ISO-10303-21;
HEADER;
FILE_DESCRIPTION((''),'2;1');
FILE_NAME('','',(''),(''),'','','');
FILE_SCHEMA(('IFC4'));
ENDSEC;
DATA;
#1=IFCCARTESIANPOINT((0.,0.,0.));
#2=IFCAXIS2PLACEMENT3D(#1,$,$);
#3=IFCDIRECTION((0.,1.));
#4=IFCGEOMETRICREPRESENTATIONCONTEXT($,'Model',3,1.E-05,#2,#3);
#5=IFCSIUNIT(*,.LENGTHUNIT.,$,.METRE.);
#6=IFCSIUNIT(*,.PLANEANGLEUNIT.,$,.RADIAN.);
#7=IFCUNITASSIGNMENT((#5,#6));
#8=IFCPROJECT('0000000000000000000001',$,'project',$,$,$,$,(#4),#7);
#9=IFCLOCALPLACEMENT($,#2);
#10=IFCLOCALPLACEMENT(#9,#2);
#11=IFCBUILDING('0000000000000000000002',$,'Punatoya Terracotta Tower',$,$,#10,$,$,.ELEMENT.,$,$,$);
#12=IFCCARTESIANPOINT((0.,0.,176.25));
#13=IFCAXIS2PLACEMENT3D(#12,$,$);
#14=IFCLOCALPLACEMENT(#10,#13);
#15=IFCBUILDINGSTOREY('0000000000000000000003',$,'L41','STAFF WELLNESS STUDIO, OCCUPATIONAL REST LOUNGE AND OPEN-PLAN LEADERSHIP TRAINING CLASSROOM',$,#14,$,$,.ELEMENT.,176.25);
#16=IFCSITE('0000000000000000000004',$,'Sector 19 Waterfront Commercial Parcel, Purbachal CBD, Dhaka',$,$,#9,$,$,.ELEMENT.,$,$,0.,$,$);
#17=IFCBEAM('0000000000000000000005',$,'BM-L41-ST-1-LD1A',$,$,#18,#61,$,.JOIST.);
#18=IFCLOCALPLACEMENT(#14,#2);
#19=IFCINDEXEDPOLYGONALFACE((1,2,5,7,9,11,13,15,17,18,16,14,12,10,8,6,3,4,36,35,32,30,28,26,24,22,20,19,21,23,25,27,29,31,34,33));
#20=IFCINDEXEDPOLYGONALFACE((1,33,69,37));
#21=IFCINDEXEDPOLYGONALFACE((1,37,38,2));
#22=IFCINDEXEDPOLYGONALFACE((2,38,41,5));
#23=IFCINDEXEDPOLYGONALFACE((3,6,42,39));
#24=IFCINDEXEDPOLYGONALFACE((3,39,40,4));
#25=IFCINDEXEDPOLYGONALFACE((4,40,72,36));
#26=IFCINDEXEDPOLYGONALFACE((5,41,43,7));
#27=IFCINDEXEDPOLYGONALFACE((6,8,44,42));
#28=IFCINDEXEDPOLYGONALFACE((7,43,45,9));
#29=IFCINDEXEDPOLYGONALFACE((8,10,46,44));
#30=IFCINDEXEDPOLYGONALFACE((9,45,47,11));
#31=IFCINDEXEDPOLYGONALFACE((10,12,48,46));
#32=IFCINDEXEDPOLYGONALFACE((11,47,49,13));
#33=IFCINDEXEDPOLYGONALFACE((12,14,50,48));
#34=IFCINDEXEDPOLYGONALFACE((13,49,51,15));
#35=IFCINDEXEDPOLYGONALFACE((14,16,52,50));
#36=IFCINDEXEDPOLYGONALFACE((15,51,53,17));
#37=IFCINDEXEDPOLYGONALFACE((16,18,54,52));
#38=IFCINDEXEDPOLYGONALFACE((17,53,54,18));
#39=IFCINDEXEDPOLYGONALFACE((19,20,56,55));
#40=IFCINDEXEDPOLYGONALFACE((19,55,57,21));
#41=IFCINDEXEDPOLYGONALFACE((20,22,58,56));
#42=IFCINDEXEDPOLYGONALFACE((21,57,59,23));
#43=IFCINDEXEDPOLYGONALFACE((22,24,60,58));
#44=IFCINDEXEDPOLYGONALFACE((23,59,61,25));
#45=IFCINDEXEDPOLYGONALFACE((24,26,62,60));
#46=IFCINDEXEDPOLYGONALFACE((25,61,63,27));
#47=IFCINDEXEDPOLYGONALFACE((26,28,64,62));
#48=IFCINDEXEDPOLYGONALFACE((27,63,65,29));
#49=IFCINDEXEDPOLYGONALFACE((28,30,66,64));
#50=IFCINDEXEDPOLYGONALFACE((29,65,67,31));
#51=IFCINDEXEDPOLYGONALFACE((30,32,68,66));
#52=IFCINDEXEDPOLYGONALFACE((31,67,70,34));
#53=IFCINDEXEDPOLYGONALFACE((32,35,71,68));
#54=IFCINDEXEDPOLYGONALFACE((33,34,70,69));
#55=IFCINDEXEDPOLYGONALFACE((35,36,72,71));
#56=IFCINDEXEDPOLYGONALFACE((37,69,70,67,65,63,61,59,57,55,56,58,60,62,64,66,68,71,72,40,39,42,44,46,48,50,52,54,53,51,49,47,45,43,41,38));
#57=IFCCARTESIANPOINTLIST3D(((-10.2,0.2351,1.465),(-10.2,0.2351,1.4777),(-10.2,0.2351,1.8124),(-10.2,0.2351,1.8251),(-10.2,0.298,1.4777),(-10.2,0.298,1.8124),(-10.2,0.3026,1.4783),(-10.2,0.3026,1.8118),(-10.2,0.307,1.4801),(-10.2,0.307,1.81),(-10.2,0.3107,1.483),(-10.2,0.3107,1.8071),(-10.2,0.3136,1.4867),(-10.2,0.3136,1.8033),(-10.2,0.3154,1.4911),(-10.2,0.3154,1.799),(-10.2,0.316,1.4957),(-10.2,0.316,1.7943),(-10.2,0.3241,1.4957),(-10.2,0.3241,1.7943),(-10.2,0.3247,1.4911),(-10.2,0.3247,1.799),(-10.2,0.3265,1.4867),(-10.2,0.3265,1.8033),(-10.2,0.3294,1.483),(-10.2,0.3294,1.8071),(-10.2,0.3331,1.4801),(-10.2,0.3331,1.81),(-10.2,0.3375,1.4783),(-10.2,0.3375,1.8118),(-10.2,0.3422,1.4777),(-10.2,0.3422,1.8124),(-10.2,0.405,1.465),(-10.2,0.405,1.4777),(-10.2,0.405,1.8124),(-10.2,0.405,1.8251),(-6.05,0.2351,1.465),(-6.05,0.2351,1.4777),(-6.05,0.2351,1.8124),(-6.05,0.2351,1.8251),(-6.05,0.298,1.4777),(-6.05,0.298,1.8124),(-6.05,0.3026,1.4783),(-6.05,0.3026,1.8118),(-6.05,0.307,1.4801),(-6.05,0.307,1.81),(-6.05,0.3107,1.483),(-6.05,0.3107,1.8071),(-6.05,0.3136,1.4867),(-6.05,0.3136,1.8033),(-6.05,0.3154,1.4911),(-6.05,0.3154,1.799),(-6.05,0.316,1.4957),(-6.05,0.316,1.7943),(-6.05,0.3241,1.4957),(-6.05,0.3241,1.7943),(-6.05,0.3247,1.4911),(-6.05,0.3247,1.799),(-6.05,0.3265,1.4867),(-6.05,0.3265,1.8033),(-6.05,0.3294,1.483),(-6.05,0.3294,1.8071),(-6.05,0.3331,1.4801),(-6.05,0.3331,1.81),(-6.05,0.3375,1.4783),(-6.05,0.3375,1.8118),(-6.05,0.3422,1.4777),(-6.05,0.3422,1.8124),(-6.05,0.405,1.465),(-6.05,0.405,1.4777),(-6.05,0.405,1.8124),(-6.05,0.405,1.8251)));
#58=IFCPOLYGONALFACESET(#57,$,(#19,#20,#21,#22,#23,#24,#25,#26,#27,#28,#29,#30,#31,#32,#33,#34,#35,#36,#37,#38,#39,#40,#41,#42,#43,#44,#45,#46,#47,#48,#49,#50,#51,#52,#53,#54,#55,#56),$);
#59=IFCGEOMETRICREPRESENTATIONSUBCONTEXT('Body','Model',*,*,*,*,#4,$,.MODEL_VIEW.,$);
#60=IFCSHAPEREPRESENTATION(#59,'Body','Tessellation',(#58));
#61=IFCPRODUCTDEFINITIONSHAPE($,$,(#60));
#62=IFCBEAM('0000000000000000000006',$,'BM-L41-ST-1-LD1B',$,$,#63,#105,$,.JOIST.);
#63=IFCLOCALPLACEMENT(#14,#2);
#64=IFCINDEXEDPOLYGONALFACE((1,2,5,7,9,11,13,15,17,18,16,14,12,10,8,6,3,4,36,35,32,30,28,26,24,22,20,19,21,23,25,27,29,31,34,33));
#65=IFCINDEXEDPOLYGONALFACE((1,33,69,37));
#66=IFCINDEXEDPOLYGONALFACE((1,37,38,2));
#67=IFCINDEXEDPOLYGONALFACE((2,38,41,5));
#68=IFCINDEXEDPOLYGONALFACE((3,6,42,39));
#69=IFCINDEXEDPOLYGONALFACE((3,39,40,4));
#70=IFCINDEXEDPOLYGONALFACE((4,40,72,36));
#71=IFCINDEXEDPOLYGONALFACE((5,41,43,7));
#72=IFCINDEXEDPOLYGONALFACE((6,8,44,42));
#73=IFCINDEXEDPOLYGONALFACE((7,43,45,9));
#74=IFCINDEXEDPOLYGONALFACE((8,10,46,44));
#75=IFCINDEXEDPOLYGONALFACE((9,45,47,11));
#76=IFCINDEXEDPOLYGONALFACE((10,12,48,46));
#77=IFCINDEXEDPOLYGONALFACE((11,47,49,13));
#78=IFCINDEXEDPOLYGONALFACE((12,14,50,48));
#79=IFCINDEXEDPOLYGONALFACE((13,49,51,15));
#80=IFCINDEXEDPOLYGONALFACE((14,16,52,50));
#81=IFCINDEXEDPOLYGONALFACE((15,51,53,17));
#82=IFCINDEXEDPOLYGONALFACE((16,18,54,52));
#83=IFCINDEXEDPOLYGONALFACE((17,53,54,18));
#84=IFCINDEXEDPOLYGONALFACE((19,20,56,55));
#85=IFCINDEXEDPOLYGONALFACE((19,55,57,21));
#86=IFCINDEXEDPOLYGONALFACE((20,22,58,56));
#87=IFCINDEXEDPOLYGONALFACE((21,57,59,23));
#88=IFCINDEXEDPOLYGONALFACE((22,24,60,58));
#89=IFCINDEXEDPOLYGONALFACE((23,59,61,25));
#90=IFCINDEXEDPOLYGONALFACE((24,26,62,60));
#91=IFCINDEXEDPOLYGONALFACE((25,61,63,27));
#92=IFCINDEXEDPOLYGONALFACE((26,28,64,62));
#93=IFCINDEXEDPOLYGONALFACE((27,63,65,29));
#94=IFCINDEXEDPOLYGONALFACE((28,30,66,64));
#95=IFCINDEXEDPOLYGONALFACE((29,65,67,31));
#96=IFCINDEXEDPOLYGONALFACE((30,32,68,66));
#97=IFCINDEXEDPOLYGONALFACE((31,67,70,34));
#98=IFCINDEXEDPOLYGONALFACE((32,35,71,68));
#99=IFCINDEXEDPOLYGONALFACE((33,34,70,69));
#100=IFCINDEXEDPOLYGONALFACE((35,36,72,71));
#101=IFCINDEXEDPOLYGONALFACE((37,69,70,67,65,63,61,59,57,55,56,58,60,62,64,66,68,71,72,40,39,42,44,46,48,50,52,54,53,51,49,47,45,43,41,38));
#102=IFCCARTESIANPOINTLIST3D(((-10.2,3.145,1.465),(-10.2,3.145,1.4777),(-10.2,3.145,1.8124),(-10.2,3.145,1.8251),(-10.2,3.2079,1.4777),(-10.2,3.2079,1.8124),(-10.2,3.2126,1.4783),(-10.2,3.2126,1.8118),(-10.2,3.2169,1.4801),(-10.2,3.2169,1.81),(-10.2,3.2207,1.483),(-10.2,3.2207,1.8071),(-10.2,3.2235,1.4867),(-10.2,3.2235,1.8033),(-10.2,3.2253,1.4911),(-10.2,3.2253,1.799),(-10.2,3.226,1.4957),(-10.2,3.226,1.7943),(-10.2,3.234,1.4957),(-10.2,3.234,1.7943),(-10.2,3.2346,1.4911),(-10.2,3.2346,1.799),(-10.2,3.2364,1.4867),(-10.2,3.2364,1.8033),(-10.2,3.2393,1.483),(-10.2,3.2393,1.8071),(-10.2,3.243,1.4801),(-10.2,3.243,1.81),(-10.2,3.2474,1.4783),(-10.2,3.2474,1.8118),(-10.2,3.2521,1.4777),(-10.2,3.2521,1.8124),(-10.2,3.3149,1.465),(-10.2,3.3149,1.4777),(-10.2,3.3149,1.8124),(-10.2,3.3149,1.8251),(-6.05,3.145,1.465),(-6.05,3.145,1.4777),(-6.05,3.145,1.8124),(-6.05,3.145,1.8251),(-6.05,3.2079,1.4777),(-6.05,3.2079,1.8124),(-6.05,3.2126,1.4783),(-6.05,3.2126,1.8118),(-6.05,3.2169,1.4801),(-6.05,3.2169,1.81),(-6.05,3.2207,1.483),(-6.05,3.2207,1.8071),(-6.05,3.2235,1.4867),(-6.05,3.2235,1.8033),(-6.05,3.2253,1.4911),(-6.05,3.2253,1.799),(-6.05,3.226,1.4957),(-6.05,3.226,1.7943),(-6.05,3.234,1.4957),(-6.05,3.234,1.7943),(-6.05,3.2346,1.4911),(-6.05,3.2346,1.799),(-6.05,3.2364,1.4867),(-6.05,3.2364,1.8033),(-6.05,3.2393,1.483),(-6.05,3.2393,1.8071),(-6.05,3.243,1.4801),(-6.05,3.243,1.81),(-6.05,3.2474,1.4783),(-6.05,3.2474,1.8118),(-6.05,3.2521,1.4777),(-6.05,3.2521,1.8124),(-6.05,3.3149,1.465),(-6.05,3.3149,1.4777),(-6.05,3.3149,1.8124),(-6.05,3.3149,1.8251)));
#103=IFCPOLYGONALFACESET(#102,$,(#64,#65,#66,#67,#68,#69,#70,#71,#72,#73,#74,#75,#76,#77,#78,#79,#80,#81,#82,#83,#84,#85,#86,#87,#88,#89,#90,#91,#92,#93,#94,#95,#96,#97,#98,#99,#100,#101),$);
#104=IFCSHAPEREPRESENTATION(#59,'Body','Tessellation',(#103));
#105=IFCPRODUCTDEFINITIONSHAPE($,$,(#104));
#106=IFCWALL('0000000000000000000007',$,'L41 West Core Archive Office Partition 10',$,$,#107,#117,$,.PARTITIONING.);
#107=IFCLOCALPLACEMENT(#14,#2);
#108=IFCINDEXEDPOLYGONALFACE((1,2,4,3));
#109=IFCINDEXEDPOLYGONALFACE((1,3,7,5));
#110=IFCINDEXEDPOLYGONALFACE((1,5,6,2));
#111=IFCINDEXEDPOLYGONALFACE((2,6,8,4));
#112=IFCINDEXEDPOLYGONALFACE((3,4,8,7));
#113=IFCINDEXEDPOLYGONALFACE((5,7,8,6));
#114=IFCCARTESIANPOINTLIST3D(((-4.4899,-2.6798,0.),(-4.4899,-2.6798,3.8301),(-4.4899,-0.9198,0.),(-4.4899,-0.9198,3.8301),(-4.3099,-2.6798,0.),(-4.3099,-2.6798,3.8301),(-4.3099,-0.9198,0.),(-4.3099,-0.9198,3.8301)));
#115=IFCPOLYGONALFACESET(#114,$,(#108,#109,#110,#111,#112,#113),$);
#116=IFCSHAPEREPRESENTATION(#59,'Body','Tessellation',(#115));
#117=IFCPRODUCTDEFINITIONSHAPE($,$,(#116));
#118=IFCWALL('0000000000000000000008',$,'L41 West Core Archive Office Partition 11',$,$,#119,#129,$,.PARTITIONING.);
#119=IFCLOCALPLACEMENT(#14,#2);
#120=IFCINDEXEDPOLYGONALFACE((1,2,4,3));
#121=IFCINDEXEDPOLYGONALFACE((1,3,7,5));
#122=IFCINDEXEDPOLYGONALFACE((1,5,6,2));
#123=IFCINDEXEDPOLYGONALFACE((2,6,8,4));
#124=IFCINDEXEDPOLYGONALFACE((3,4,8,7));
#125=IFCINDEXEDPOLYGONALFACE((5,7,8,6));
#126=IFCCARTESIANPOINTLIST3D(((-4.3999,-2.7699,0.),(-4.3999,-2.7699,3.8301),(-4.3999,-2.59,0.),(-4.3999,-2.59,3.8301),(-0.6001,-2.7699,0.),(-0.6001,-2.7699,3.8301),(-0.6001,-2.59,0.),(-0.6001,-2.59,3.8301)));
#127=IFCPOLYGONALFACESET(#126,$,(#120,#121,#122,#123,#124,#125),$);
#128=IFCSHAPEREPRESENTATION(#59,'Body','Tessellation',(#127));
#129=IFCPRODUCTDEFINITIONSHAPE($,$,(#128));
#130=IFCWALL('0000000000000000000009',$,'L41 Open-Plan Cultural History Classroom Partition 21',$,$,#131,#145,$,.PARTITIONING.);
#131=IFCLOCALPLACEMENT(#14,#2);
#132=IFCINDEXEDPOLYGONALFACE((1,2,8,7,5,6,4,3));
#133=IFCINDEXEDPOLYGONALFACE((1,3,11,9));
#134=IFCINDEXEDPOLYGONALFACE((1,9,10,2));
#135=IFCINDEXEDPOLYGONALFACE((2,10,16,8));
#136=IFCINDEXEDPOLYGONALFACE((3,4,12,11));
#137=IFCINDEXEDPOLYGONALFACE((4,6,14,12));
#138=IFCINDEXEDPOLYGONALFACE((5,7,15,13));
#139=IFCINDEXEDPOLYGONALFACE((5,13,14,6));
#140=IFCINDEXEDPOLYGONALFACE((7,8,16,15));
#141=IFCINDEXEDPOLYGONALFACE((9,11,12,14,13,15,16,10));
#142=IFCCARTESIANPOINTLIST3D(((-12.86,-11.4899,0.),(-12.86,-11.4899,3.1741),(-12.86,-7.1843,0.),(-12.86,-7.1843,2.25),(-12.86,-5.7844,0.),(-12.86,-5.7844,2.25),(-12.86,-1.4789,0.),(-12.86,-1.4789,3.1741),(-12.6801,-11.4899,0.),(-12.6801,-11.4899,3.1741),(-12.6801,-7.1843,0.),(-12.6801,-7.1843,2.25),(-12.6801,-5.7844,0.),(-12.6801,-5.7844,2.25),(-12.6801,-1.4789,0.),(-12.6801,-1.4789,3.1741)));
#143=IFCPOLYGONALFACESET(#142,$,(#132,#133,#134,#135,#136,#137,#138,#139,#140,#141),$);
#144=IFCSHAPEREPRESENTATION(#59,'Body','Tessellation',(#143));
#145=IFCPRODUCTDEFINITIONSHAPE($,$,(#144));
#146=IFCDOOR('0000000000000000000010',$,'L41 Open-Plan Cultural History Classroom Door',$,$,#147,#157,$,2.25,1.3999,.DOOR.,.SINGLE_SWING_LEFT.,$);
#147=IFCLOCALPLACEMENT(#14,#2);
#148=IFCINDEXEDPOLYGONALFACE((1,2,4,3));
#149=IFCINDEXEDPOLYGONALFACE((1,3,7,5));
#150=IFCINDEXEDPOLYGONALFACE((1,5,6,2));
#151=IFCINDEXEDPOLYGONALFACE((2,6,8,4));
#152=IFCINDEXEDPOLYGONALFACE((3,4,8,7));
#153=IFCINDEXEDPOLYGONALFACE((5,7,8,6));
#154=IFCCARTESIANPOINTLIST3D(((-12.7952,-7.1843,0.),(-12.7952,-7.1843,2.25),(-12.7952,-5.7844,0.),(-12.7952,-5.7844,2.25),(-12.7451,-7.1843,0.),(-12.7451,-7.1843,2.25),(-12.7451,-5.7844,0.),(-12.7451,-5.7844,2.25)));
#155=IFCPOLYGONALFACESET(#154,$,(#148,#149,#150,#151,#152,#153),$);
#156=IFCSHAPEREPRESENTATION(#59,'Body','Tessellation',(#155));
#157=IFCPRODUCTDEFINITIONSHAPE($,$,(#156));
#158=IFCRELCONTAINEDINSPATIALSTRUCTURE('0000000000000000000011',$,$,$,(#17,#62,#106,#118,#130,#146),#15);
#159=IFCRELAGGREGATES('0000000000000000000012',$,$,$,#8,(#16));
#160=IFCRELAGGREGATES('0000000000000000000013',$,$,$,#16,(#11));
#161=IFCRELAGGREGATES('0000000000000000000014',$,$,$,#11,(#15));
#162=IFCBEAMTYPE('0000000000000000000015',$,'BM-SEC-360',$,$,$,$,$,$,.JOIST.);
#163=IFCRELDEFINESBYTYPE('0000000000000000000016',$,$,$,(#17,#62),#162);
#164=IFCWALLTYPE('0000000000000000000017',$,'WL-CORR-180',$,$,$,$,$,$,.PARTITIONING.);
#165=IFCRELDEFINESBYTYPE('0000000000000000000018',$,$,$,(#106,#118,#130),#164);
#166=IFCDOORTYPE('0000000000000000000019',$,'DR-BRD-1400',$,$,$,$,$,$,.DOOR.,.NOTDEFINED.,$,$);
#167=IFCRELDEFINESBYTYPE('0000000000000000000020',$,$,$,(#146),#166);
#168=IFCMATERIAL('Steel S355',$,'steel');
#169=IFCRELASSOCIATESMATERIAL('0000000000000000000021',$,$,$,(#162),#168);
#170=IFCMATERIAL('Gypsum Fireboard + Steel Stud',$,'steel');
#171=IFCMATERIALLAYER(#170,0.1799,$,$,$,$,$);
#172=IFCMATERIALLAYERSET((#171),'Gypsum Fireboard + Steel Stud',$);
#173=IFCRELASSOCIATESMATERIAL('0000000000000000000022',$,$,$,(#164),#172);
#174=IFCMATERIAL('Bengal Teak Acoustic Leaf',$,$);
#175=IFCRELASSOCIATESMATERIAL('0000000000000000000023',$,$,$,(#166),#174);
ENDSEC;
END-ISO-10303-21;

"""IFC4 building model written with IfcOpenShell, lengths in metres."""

from ifc_helpers import new_model, si_unit, direction, frame, frame_2d, origin, origin_2d, place, context, subcontext, project, spatial, rectangle, i_section, extrude, material, layer, layer_set, material_profile, profile_set, type_object, element, fill, save


model = new_model("IFC4")

# Units and contexts
model_context = context("Model", 3, precision=1e-05, world=origin(), true_north=direction((0.0, 1.0)))
body_context = subcontext(model_context, "Body", "Model", "MODEL_VIEW")
ifc_project = project(units=[si_unit("LENGTHUNIT", "METRE"), si_unit("PLANEANGLEUNIT", "RADIAN")], contexts=[model_context])

# Site, building, storey
site_placement = place(None, origin())
site = spatial("IfcSite", under=ifc_project, at=site_placement, Name="Sector 19 Waterfront Commercial Parcel, Purbachal CBD, Dhaka", CompositionType="ELEMENT", RefElevation=0.0)
building_placement = place(site_placement, origin())
building = spatial("IfcBuilding", under=site, at=building_placement, Name="Punatoya Terracotta Tower", CompositionType="ELEMENT")
storey_placement = place(building_placement, frame((0.0, 0.0, 176.25)))
storey = spatial("IfcBuildingStorey", under=building, at=storey_placement, Name="L41", Description="STAFF WELLNESS STUDIO, OCCUPATIONAL REST LOUNGE AND OPEN-PLAN LEADERSHIP TRAINING CLASSROOM", CompositionType="ELEMENT", Elevation=176.25)

# Beams
ifc_material_1 = material(Name="Steel S355", Category="steel")
ifc_material_profile = material_profile(ifc_material_1, i_section(OverallWidth=0.1699, OverallDepth=0.3601, WebThickness=0.0081, FlangeThickness=0.0127, FilletRadius=0.0181, at=origin_2d()))
ifc_profile_set = profile_set([ifc_material_profile], Name="Steel S355")
beam_type = type_object("IfcBeamType", Name="BM-SEC-360", PredefinedType="JOIST", material=ifc_profile_set)
for number, where, z_axis, x_axis, name in (
    (1, (-10.2, 0.3201, 1.645), (1.0, 0.0, 0.0), (0.0, 1.0, 0.0), "BM-L41-ST-1-LD1A"),
    (2, (-10.2, 3.23, 1.645), (1.0, 0.0, 0.0), (0.0, 1.0, 0.0), "BM-L41-ST-1-LD1B"),
):
    element("IfcBeam", number, at=place(storey_placement, frame(where, z_axis=z_axis, x_axis=x_axis)), inside=storey, type_object=beam_type, Name=name, PredefinedType="JOIST", context=body_context, shape_type="SweptSolid", body=[
        extrude(i_section(OverallWidth=0.1699, OverallDepth=0.3601, WebThickness=0.0081, FlangeThickness=0.0127, FilletRadius=0.0181, at=origin_2d()), origin(), (0.0, 0.0, 1.0), 4.1499),
    ])

# Walls
ifc_material_2 = material(Name="Gypsum Fireboard + Steel Stud", Category="steel")
ifc_layer_1 = layer(ifc_material_2, 0.1799)
ifc_layer_set_1 = layer_set([ifc_layer_1], Name="Gypsum Fireboard + Steel Stud")
wall_type_1 = type_object("IfcWallType", Name="WL-CORR-180", PredefinedType="PARTITIONING", material=ifc_layer_set_1)
wall_1_placement = place(storey_placement, frame((-4.3999, -0.9199, 0.0), z_axis=(0.0, 0.0, 1.0), x_axis=(0.0, -1.0, 0.0)))
element("IfcWall", 3, at=wall_1_placement, inside=storey, type_object=wall_type_1, Name="L41 West Core Archive Office Partition 10", PredefinedType="PARTITIONING", context=body_context, shape_type="SweptSolid", body=[
    extrude(rectangle(XDim=1.76, YDim=0.1799, at=frame_2d((0.8799, 0.0))), origin(), (0.0, 0.0, 1.0), 3.8301),
])
wall_2_placement = place(storey_placement, frame((-4.3999, -2.6799, 0.0), z_axis=(0.0, 0.0, 1.0), x_axis=(1.0, 0.0, 0.0)))
element("IfcWall", 4, at=wall_2_placement, inside=storey, type_object=wall_type_1, Name="L41 West Core Archive Office Partition 11", PredefinedType="PARTITIONING", context=body_context, shape_type="SweptSolid", body=[
    extrude(rectangle(XDim=3.7998, YDim=0.1799, at=frame_2d((1.8999, 0.0))), origin(), (0.0, 0.0, 1.0), 3.8301),
])

# Wall, opening, door
wall_3_placement = place(storey_placement, frame((-12.77, -1.479, 0.0), z_axis=(0.0, 0.0, 1.0), x_axis=(0.0, -1.0, 0.0)))
wall_3 = element("IfcWall", 5, at=wall_3_placement, inside=storey, type_object=wall_type_1, Name="L41 Open-Plan Cultural History Classroom Partition 21", PredefinedType="PARTITIONING", context=body_context, shape_type="SweptSolid", body=[
    extrude(rectangle(XDim=10.011, YDim=0.1799, at=frame_2d((5.0054, 0.0))), origin(), (0.0, 0.0, 1.0), 3.1741),
])
opening_1_placement = place(wall_3_placement, frame((4.3054, 0.0, 0.0)))
opening_1 = element("IfcOpeningElement", 6, at=opening_1_placement, cuts=wall_3, PredefinedType="OPENING", context=body_context, shape_type="SweptSolid", body=[
    extrude(rectangle(XDim=1.3999, YDim=2.25, at=frame_2d((0.7, 1.125))), frame((0.0, 0.0999, 0.0), z_axis=(0.0, -1.0, 0.0), x_axis=(1.0, 0.0, 0.0)), (0.0, 0.0, 1.0), 0.2),
])
ifc_material_3 = material(Name="Bengal Teak Acoustic Leaf")
door_type_1 = type_object("IfcDoorType", Name="DR-BRD-1400", OperationType="NOTDEFINED", PredefinedType="DOOR", material=ifc_material_3)
door_1_placement = place(opening_1_placement, origin())
door_1 = element("IfcDoor", 7, at=door_1_placement, inside=storey, type_object=door_type_1, Name="L41 Open-Plan Cultural History Classroom Door", OperationType="SINGLE_SWING_LEFT", OverallHeight=2.25, OverallWidth=1.3999, PredefinedType="DOOR", context=body_context, shape_type="SweptSolid", body=[
    extrude(rectangle(XDim=1.3999, YDim=2.25, at=frame_2d((0.7, 1.125))), frame((0.0, 0.0249, 0.0), z_axis=(0.0, -1.0, 0.0), x_axis=(1.0, 0.0, 0.0)), (0.0, 0.0, 1.0), 0.05),
])
fill(opening_1, door_1)

save(model, "model.ifc")
